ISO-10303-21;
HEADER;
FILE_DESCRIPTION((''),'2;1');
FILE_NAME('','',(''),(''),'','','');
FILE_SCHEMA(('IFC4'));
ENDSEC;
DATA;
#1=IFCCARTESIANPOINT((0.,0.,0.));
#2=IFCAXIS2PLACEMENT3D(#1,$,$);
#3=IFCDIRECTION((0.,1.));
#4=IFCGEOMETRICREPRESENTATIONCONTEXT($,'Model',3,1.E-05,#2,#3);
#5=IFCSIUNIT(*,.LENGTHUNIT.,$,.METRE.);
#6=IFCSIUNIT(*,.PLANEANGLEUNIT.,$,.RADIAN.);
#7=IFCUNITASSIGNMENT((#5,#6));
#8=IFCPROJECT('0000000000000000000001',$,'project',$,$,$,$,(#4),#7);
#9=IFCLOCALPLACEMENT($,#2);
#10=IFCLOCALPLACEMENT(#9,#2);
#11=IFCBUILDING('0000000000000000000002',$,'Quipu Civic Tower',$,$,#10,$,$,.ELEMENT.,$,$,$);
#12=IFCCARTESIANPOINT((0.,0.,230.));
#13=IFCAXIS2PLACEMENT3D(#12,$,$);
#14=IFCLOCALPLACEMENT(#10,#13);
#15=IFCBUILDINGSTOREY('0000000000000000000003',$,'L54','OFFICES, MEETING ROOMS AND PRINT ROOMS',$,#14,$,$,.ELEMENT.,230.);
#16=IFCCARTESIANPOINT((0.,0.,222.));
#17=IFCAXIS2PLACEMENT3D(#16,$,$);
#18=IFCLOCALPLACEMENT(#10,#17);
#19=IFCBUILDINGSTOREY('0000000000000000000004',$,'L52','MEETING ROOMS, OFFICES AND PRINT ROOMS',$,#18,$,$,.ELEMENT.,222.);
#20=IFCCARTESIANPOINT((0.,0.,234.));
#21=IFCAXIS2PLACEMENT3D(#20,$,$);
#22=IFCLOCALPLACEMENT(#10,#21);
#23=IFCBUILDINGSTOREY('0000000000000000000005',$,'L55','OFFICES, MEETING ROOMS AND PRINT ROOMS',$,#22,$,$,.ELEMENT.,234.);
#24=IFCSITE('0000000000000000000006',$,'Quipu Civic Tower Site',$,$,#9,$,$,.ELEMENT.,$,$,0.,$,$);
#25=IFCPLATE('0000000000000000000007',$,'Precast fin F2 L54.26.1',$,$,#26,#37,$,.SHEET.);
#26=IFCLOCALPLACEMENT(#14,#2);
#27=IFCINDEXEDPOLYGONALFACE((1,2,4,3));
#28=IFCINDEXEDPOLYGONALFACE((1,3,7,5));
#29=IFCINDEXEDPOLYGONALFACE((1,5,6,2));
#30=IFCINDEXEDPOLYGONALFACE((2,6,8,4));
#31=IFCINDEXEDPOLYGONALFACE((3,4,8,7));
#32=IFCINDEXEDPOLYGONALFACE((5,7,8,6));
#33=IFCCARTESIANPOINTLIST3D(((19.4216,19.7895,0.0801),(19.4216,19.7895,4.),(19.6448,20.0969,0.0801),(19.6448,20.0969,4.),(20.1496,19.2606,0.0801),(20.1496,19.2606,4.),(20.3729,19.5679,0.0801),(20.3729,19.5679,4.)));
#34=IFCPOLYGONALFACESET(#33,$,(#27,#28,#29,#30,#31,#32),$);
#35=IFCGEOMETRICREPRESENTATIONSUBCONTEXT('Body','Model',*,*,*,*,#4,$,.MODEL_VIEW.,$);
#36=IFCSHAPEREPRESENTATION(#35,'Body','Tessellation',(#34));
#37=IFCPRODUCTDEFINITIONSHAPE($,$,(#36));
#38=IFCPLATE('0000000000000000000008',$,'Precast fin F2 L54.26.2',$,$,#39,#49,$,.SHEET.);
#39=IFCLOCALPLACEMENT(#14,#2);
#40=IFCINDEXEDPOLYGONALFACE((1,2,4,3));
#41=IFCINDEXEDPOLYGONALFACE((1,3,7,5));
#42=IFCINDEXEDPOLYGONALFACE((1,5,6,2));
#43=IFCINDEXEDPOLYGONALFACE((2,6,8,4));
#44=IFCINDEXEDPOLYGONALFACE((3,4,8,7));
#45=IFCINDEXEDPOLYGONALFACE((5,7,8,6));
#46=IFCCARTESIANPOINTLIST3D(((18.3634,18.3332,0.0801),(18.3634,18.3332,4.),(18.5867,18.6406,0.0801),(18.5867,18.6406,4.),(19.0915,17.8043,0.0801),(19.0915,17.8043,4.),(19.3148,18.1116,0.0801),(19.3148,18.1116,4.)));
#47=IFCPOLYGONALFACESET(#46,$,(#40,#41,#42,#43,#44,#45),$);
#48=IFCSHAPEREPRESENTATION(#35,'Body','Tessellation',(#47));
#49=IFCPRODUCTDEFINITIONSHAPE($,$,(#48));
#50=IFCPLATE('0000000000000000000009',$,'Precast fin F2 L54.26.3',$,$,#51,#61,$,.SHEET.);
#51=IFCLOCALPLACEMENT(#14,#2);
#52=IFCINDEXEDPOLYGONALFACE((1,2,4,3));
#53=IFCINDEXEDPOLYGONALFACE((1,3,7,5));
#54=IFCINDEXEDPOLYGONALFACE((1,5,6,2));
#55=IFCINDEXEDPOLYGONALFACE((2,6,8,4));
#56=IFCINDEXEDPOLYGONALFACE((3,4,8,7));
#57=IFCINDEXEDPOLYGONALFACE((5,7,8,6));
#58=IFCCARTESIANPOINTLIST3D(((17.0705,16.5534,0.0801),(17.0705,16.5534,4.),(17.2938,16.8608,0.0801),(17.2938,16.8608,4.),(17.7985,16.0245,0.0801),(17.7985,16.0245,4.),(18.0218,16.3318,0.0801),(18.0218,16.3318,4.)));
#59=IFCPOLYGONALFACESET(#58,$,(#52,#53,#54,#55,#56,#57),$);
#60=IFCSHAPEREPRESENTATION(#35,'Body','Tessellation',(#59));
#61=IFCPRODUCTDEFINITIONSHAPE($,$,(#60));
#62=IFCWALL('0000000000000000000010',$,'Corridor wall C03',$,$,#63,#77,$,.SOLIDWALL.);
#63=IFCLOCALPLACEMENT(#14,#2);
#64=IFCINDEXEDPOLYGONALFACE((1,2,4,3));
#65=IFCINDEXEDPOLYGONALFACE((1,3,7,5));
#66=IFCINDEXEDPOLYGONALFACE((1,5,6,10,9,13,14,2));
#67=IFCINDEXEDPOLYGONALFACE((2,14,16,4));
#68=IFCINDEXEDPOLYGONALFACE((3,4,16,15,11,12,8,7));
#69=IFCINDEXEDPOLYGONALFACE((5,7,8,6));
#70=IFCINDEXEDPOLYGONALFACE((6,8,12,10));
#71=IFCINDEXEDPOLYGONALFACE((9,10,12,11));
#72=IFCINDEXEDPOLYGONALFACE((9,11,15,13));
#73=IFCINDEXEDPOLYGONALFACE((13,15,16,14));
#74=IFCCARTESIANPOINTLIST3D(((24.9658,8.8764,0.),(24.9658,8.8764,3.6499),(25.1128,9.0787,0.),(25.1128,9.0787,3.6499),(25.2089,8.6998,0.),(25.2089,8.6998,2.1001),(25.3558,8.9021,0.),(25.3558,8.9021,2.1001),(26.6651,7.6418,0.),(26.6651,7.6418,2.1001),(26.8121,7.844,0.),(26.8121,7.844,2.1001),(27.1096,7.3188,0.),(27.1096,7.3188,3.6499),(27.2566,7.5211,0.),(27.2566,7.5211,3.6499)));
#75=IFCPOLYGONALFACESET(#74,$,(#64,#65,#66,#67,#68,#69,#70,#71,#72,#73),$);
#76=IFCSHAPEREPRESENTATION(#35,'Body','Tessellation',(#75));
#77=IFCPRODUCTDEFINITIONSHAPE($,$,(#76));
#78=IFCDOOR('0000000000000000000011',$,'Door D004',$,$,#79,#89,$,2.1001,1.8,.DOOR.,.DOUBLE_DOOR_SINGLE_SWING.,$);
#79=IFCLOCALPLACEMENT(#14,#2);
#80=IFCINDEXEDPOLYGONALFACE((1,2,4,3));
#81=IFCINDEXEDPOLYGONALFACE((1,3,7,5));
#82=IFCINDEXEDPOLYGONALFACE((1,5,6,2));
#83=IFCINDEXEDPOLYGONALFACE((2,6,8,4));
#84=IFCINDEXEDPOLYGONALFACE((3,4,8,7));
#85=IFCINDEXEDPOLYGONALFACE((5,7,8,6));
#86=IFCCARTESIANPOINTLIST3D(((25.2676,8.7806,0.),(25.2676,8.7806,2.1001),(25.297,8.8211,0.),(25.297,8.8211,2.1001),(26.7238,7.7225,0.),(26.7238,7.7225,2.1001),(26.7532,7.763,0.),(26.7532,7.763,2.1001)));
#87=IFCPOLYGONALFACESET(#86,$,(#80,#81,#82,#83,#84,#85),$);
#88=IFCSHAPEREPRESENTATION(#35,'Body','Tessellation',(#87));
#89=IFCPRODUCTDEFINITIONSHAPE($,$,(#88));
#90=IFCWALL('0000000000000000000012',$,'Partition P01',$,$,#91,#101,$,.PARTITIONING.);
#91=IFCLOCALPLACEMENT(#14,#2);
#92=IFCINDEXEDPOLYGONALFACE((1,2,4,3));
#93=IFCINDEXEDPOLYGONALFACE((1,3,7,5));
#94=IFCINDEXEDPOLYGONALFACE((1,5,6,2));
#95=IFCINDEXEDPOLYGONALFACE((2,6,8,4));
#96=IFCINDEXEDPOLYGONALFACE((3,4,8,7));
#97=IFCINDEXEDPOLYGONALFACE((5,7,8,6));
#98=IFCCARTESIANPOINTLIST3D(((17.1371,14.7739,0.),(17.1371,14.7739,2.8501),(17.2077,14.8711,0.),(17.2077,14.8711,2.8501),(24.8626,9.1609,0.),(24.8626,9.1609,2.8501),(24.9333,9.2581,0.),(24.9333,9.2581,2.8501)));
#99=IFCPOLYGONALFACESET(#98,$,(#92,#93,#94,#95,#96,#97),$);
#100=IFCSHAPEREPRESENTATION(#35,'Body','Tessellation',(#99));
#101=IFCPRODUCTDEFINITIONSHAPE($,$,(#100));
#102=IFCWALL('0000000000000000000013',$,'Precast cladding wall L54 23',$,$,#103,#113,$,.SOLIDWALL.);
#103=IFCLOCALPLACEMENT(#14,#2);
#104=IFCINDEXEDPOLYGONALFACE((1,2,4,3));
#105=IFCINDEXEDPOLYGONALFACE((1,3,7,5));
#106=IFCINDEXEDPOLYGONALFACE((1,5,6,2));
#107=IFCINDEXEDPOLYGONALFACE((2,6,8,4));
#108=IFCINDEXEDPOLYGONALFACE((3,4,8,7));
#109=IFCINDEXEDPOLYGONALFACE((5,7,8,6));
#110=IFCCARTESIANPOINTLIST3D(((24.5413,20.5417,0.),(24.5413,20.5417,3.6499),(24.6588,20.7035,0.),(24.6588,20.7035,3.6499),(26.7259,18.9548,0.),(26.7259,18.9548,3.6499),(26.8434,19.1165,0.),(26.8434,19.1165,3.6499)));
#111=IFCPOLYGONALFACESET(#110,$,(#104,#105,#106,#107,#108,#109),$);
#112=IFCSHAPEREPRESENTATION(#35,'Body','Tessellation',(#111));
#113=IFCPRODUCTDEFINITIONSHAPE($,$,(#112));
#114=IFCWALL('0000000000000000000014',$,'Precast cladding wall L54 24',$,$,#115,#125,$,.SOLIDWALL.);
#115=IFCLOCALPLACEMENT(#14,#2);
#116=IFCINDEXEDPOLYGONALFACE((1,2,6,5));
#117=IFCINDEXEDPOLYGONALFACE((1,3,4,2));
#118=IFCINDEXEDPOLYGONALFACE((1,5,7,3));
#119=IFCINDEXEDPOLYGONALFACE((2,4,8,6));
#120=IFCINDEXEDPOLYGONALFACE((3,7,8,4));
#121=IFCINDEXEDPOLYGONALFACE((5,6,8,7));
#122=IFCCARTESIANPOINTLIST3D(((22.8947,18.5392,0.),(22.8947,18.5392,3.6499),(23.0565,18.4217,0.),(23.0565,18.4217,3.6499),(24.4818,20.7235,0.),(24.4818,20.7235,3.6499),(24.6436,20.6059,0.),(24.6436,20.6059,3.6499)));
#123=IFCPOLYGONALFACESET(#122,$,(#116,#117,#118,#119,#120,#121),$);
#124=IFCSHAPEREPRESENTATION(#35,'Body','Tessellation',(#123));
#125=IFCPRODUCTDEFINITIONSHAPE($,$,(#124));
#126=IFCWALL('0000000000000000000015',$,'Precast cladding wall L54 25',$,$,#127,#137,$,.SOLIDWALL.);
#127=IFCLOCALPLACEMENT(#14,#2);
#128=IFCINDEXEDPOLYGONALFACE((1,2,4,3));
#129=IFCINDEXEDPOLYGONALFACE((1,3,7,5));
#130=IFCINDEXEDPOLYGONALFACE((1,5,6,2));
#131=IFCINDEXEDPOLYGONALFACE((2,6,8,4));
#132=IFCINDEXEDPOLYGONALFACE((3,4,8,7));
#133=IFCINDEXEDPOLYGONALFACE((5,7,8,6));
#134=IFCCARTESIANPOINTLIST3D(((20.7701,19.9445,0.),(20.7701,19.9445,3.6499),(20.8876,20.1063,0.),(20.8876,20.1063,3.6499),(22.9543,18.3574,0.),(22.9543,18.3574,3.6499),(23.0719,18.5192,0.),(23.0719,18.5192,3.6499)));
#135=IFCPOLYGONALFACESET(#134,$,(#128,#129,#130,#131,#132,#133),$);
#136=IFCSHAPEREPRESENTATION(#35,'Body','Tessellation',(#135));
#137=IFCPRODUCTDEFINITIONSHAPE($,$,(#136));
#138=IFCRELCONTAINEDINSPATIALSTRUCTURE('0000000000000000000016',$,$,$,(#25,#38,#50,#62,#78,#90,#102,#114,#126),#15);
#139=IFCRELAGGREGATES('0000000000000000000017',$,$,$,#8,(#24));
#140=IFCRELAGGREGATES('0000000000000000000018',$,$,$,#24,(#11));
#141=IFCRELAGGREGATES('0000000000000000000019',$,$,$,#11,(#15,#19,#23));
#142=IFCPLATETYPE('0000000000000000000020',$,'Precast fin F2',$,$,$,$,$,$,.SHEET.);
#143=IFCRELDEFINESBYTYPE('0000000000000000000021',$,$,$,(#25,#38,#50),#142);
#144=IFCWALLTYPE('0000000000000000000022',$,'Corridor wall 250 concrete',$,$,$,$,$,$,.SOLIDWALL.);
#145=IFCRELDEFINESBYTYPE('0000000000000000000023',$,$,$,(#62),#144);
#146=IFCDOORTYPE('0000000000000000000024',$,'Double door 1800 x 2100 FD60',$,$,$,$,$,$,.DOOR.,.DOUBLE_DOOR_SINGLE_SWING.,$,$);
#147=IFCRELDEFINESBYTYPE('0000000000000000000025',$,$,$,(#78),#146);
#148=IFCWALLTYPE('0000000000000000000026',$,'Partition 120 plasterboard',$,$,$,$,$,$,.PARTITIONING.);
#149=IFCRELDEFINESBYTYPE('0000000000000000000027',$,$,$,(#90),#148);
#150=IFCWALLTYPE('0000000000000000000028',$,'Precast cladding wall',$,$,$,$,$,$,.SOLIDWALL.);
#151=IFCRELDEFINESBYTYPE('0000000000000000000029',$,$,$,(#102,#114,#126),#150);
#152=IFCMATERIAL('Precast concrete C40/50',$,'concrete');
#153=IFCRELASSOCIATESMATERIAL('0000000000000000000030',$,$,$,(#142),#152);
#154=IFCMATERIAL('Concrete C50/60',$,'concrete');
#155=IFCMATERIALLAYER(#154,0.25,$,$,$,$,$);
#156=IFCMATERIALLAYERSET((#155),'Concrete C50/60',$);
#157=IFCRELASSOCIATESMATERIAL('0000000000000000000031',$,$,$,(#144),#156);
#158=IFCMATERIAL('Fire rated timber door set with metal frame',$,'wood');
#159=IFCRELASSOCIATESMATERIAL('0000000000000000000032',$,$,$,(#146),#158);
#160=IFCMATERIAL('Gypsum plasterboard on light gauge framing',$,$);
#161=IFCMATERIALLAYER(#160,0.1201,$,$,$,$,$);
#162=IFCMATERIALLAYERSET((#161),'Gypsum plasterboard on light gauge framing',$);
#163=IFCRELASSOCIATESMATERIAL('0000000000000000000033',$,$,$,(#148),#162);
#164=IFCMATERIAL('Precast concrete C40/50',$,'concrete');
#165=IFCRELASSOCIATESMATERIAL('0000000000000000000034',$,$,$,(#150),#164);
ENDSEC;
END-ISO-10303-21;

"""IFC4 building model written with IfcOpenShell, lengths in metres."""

from ifc_helpers import new_model, si_unit, direction, frame, frame_2d, origin, origin_2d, place, context, subcontext, project, spatial, rectangle, extrude, material, layer, layer_set, type_object, element, fill, save


model = new_model("IFC4")

# Units and contexts
model_context = context("Model", 3, precision=1e-05, world=origin(), true_north=direction((0.0, 1.0)))
body_context = subcontext(model_context, "Body", "Model", "MODEL_VIEW")
ifc_project = project(units=[si_unit("LENGTHUNIT", "METRE"), si_unit("PLANEANGLEUNIT", "RADIAN")], contexts=[model_context])

# Site, building, storey
site_placement = place(None, origin())
site = spatial("IfcSite", under=ifc_project, at=site_placement, Name="Quipu Civic Tower Site", CompositionType="ELEMENT", RefElevation=0.0)
building_placement = place(site_placement, origin())
building = spatial("IfcBuilding", under=site, at=building_placement, Name="Quipu Civic Tower", CompositionType="ELEMENT")
storey_1_placement = place(building_placement, frame((0.0, 0.0, 230.0)))
storey_1 = spatial("IfcBuildingStorey", under=building, at=storey_1_placement, Name="L54", Description="OFFICES, MEETING ROOMS AND PRINT ROOMS", CompositionType="ELEMENT", Elevation=230.0)

# Shared definitions
storey_2_placement = place(building_placement, frame((0.0, 0.0, 222.0)))
storey_2 = spatial("IfcBuildingStorey", under=building, at=storey_2_placement, Name="L52", Description="MEETING ROOMS, OFFICES AND PRINT ROOMS", CompositionType="ELEMENT", Elevation=222.0)

# Shared definitions
storey_3_placement = place(building_placement, frame((0.0, 0.0, 234.0)))
storey_3 = spatial("IfcBuildingStorey", under=building, at=storey_3_placement, Name="L55", Description="OFFICES, MEETING ROOMS AND PRINT ROOMS", CompositionType="ELEMENT", Elevation=234.0)

# Plates
ifc_material_1 = material(Name="Precast concrete C40/50", Category="concrete")
plate_type_1 = type_object("IfcPlateType", Name="Precast fin F2", PredefinedType="SHEET", material=ifc_material_1)
for number, where, z_axis, x_axis, name in (
    (1, (19.8972, 19.6787, 0.0801), (0.0, 0.0, 1.0), (-0.587784, -0.809018, 0.0), "Precast fin F2 L54.26.1"),
    (2, (18.8391, 18.2224, 0.0801), (0.0, 0.0, 1.0), (-0.587784, -0.809018, 0.0), "Precast fin F2 L54.26.2"),
    (3, (17.5461, 16.4426, 0.0801), (0.0, 0.0, 1.0), (-0.587784, -0.809018, 0.0), "Precast fin F2 L54.26.3"),
):
    element("IfcPlate", number, at=place(storey_1_placement, frame(where, z_axis=z_axis, x_axis=x_axis)), inside=storey_1, type_object=plate_type_1, Name=name, PredefinedType="SHEET", context=body_context, shape_type="SweptSolid", body=[
        extrude(rectangle(XDim=0.3799, YDim=0.8999, at=origin_2d()), origin(), (0.0, 0.0, 1.0), 3.9199),
    ])

# Wall, opening, door
ifc_material_2 = material(Name="Concrete C50/60", Category="concrete")
ifc_layer_1 = layer(ifc_material_2, 0.25)
ifc_layer_set_1 = layer_set([ifc_layer_1], Name="Concrete C50/60")
wall_type_1 = type_object("IfcWallType", Name="Corridor wall 250 concrete", PredefinedType="SOLIDWALL", material=ifc_layer_set_1)
wall_1_placement = place(storey_1_placement, frame((25.0393, 8.9775, 0.0), z_axis=(0.0, 0.0, 1.0), x_axis=(0.809007, -0.587799, 0.0)))
wall_1 = element("IfcWall", 4, at=wall_1_placement, inside=storey_1, type_object=wall_type_1, Name="Corridor wall C03", PredefinedType="SOLIDWALL", context=body_context, shape_type="SweptSolid", body=[
    extrude(rectangle(XDim=2.6499, YDim=0.25, at=frame_2d((1.325, 0.0))), origin(), (0.0, 0.0, 1.0), 3.6499),
])
opening_placement = place(wall_1_placement, frame((0.3005, 0.0, 0.0)))
opening = element("IfcOpeningElement", 5, at=opening_placement, cuts=wall_1, PredefinedType="OPENING", context=body_context, shape_type="SweptSolid", body=[
    extrude(rectangle(XDim=1.8, YDim=2.1001, at=frame_2d((0.8999, 1.05))), frame((0.0, 0.135, 0.0), z_axis=(0.0, -1.0, 0.0), x_axis=(1.0, 0.0, 0.0)), (0.0, 0.0, 1.0), 0.27),
])
ifc_material_3 = material(Name="Fire rated timber door set with metal frame", Category="wood")
door_type = type_object("IfcDoorType", Name="Double door 1800 x 2100 FD60", OperationType="DOUBLE_DOOR_SINGLE_SWING", PredefinedType="DOOR", material=ifc_material_3)
door_placement = place(opening_placement, origin())
door = element("IfcDoor", 6, at=door_placement, inside=storey_1, type_object=door_type, Name="Door D004", OperationType="DOUBLE_DOOR_SINGLE_SWING", OverallHeight=2.1001, OverallWidth=1.8, PredefinedType="DOOR", context=body_context, shape_type="SweptSolid", body=[
    extrude(rectangle(XDim=1.8, YDim=2.1001, at=frame_2d((0.8999, 1.05))), frame((0.0, 0.0249, 0.0), z_axis=(0.0, -1.0, 0.0), x_axis=(1.0, 0.0, 0.0)), (0.0, 0.0, 1.0), 0.05),
])
fill(opening, door)

# Walls
ifc_material_4 = material(Name="Gypsum plasterboard on light gauge framing")
ifc_layer_2 = layer(ifc_material_4, 0.1201)
ifc_layer_set_2 = layer_set([ifc_layer_2], Name="Gypsum plasterboard on light gauge framing")
wall_type_2 = type_object("IfcWallType", Name="Partition 120 plasterboard", PredefinedType="PARTITIONING", material=ifc_layer_set_2)
wall_2_placement = place(storey_1_placement, frame((24.8979, 9.2095, 0.0), z_axis=(0.0, 0.0, 1.0), x_axis=(-0.809013, 0.58779, 0.0)))
element("IfcWall", 7, at=wall_2_placement, inside=storey_1, type_object=wall_type_2, Name="Partition P01", PredefinedType="PARTITIONING", context=body_context, shape_type="SweptSolid", body=[
    extrude(rectangle(XDim=9.5493, YDim=0.1201, at=frame_2d((4.7747, 0.0))), origin(), (0.0, 0.0, 1.0), 2.8501),
])
ifc_material_5 = material(Name="Precast concrete C40/50", Category="concrete")
wall_type_3 = type_object("IfcWallType", Name="Precast cladding wall", PredefinedType="SOLIDWALL", material=ifc_material_5)
wall_3_placement = place(storey_1_placement, frame((26.7847, 19.0356, 0.0), z_axis=(0.0, 0.0, 1.0), x_axis=(-0.809064, 0.58772, 0.0)))
element("IfcWall", 8, at=wall_3_placement, inside=storey_1, type_object=wall_type_3, Name="Precast cladding wall L54 23", PredefinedType="SOLIDWALL", context=body_context, shape_type="SweptSolid", body=[
    extrude(rectangle(XDim=2.7002, YDim=0.2, at=frame_2d((1.3501, 0.0))), origin(), (0.0, 0.0, 1.0), 3.6499),
])
for number, where, z_axis, x_axis, name in (
    (9, (24.5627, 20.6648, 0.0), (0.0, 0.0, 1.0), (-0.587822, -0.80899, 0.0), "Precast cladding wall L54 24"),
    (10, (23.0132, 18.4382, 0.0), (0.0, 0.0, 1.0), (-0.80899, 0.587822, 0.0), "Precast cladding wall L54 25"),
):
    element("IfcWall", number, at=place(storey_1_placement, frame(where, z_axis=z_axis, x_axis=x_axis)), inside=storey_1, type_object=wall_type_3, Name=name, PredefinedType="SOLIDWALL", context=body_context, shape_type="SweptSolid", body=[
        extrude(rectangle(XDim=2.7, YDim=0.2, at=frame_2d((1.3501, 0.0))), origin(), (0.0, 0.0, 1.0), 3.6499),
    ])

save(model, "model.ifc")
